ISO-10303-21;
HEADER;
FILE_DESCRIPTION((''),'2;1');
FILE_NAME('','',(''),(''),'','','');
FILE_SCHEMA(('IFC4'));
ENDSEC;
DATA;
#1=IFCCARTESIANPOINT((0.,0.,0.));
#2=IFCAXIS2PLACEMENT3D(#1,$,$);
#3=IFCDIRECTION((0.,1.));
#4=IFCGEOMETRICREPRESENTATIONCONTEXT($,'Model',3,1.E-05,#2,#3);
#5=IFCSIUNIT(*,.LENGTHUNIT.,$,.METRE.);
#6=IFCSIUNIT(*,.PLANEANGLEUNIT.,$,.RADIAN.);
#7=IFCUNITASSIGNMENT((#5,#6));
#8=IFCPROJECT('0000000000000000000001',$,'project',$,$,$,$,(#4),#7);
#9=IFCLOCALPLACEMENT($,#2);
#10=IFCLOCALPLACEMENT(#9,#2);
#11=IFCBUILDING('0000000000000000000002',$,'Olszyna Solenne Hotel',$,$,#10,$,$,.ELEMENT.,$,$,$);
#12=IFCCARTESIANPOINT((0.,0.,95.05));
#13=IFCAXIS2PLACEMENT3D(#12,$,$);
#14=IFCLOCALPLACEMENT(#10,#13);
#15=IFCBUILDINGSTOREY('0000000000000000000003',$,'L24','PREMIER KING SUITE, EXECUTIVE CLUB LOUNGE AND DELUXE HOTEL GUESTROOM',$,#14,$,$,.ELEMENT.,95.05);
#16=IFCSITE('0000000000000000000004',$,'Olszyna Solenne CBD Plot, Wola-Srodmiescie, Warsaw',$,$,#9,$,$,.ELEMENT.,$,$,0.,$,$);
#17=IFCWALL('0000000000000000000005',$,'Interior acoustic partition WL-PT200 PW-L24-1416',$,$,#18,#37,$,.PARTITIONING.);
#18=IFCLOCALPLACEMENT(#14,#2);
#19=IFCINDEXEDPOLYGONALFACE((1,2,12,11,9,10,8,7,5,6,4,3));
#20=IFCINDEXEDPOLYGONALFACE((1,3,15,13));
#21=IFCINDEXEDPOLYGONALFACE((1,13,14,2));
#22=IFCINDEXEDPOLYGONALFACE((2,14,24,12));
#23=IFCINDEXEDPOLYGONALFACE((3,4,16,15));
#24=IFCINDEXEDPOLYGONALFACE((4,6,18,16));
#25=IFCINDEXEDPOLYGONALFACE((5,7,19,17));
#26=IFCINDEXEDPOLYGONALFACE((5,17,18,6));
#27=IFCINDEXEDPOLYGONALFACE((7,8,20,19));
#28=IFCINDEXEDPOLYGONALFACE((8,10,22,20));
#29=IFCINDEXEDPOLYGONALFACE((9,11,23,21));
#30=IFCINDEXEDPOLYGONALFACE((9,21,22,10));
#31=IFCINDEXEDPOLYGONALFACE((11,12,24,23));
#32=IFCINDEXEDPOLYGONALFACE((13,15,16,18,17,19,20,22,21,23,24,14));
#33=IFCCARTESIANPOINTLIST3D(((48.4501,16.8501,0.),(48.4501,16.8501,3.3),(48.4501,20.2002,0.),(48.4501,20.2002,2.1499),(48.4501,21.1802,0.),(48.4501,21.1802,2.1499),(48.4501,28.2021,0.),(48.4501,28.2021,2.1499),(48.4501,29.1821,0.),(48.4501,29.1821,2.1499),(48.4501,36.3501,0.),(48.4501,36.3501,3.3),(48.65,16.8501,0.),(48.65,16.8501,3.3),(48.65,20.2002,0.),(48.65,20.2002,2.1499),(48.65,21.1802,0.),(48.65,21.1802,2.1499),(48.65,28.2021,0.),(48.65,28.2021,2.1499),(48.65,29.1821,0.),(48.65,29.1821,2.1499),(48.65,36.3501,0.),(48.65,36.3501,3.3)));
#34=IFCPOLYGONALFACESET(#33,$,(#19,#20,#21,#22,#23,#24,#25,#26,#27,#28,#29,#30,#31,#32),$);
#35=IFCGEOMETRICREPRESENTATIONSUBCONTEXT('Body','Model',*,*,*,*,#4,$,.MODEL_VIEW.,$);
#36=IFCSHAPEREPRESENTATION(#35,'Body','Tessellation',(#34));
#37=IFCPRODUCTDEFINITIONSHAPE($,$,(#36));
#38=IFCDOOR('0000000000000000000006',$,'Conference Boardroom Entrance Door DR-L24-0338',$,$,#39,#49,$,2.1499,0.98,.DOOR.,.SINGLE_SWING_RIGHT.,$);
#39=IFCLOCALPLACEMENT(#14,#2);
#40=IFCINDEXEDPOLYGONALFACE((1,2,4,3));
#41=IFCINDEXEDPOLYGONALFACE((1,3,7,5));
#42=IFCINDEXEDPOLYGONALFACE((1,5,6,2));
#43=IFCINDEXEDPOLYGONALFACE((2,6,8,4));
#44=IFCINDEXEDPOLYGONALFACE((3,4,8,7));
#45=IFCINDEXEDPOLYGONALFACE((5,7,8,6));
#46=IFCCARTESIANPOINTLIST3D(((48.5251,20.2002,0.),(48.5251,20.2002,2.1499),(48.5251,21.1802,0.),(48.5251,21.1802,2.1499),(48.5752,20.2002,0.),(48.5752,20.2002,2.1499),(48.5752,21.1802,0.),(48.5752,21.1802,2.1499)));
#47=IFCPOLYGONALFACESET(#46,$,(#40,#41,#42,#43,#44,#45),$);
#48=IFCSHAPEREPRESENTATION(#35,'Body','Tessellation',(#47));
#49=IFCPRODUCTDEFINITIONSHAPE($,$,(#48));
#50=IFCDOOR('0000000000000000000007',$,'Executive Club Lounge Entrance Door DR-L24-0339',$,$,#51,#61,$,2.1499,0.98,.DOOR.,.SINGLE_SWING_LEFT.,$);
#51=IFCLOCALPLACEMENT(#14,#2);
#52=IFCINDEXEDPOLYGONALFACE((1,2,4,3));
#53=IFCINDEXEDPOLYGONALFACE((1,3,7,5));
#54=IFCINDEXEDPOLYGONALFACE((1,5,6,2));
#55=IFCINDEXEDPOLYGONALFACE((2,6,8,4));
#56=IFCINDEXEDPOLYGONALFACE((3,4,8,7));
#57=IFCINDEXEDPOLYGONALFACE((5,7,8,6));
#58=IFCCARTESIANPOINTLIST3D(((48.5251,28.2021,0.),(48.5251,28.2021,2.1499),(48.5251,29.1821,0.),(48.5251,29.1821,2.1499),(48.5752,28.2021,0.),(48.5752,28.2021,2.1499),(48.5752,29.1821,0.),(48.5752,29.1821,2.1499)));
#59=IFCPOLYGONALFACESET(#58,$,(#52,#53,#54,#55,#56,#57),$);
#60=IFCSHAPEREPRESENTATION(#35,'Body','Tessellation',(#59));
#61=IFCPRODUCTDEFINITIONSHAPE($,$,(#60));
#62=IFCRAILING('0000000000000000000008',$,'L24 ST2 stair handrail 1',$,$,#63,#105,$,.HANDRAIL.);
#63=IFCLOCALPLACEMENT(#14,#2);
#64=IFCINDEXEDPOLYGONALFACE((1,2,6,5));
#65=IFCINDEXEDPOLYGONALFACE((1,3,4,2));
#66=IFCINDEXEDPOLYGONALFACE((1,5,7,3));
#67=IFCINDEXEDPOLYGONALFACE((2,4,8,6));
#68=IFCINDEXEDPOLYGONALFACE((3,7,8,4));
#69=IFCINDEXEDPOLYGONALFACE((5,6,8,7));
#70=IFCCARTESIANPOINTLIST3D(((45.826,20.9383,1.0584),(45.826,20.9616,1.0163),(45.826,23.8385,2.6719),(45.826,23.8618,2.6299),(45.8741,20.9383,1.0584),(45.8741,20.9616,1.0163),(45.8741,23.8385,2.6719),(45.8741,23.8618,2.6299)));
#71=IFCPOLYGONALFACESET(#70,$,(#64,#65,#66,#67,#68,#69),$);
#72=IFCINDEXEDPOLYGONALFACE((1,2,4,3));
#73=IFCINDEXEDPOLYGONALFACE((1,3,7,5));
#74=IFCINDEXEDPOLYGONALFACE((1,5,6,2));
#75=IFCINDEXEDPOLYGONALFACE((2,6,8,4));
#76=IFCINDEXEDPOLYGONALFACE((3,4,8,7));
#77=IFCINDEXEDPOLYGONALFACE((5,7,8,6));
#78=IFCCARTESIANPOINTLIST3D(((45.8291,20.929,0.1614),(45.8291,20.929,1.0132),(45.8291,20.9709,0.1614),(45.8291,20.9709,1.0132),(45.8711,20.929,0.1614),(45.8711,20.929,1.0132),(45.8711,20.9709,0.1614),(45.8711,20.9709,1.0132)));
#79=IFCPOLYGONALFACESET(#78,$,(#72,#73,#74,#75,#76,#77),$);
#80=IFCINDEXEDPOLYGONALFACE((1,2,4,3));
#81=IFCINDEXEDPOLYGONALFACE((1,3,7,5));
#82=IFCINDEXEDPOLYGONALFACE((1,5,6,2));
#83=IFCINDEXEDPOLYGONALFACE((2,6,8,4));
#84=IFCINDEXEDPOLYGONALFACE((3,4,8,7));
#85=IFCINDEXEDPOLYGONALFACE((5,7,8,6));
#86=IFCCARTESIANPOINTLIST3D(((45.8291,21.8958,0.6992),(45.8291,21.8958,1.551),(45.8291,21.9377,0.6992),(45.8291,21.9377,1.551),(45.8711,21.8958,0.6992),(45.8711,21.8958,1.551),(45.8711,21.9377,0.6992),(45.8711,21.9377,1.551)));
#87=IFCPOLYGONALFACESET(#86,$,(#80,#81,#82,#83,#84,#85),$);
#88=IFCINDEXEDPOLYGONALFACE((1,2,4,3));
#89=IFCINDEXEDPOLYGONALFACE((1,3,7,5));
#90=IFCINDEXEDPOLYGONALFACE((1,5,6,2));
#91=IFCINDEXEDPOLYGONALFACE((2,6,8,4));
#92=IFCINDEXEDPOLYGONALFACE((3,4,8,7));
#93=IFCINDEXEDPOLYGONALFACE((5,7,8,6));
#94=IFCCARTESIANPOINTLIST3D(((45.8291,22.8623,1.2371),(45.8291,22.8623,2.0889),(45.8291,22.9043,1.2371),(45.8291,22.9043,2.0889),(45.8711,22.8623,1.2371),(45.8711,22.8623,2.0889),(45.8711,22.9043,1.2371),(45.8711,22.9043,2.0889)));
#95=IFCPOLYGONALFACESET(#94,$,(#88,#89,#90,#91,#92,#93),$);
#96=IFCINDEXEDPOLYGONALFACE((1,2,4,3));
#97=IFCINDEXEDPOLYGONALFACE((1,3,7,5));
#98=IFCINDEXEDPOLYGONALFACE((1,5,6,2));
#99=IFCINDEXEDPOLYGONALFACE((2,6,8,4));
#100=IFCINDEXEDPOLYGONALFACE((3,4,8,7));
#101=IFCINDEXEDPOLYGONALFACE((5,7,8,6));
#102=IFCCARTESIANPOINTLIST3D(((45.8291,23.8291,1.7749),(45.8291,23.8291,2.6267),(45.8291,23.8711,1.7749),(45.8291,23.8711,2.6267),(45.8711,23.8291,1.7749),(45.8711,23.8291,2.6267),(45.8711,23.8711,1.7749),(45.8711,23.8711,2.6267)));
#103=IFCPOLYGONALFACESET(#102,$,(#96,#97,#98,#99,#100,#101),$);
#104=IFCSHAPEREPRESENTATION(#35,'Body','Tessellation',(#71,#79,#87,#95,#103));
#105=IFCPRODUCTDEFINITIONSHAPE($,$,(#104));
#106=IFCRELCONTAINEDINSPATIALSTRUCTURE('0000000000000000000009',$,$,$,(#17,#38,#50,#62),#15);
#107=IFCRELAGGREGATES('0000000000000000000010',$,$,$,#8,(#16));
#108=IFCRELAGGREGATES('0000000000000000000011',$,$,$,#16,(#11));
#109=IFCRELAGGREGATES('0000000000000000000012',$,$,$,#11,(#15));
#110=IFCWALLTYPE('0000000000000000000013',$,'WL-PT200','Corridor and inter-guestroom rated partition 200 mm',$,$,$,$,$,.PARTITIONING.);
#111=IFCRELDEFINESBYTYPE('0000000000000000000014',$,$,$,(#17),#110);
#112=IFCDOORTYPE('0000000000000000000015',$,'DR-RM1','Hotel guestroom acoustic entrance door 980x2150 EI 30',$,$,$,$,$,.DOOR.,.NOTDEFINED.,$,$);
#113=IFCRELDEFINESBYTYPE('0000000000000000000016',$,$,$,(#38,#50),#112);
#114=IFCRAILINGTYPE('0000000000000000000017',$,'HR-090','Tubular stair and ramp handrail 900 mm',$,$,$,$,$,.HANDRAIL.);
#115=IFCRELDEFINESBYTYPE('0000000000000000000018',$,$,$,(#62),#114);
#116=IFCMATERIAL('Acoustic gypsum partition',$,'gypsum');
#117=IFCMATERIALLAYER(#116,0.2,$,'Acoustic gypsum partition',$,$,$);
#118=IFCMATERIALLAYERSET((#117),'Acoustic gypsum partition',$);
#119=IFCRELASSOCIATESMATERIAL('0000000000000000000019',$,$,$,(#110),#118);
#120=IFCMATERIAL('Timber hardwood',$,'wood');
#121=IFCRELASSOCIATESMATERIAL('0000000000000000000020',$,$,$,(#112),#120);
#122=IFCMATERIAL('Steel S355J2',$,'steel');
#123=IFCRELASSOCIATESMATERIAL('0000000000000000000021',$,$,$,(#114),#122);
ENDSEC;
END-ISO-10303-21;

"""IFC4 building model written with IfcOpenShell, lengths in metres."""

from ifc_helpers import new_model, si_unit, direction, frame, frame_2d, origin, origin_2d, place, context, subcontext, project, spatial, rectangle, extrude, source, transform, mapped, material, layer, layer_set, type_object, type_shapes, element, fill, save


model = new_model("IFC4")

# Units and contexts
model_context = context("Model", 3, precision=1e-05, world=origin(), true_north=direction((0.0, 1.0)))
body_context = subcontext(model_context, "Body", "Model", "MODEL_VIEW")
ifc_project = project(units=[si_unit("LENGTHUNIT", "METRE"), si_unit("PLANEANGLEUNIT", "RADIAN")], contexts=[model_context])

# Site, building, storey
site_placement = place(None, origin())
site = spatial("IfcSite", under=ifc_project, at=site_placement, Name="Olszyna Solenne CBD Plot, Wola-Srodmiescie, Warsaw", CompositionType="ELEMENT", RefElevation=0.0)
building_placement = place(site_placement, origin())
building = spatial("IfcBuilding", under=site, at=building_placement, Name="Olszyna Solenne Hotel", CompositionType="ELEMENT")
storey_placement = place(building_placement, frame((0.0, 0.0, 95.05)))
storey = spatial("IfcBuildingStorey", under=building, at=storey_placement, Name="L24", Description="PREMIER KING SUITE, EXECUTIVE CLUB LOUNGE AND DELUXE HOTEL GUESTROOM", CompositionType="ELEMENT", Elevation=95.05)

# Shared definitions
ifc_material_1 = material(Name="Steel S355J2", Category="steel")

# Shared definitions
ifc_material_2 = material(Name="Acoustic gypsum partition", Category="gypsum")
ifc_layer_1 = layer(ifc_material_2, 0.2, Name="Acoustic gypsum partition")
ifc_layer_set_1 = layer_set([ifc_layer_1], Name="Acoustic gypsum partition")
wall_type_1 = type_object("IfcWallType", Name="WL-PT200", Description="Corridor and inter-guestroom rated partition 200 mm", PredefinedType="PARTITIONING", material=ifc_layer_set_1)

# Wall, openings, doors
wall_1_placement = place(storey_placement, frame((48.55, 16.8501, 0.0), z_axis=(0.0, 0.0, 1.0), x_axis=(0.0, 1.0, 0.0)))
wall_1 = element("IfcWall", 1, at=wall_1_placement, inside=storey, type_object=wall_type_1, Name="Interior acoustic partition WL-PT200 PW-L24-1416", PredefinedType="PARTITIONING", context=body_context, shape_type="SweptSolid", body=[
    extrude(rectangle(XDim=19.5, YDim=0.2, at=frame_2d((9.75, 0.0))), origin(), (0.0, 0.0, 1.0), 3.3),
])
opening_1_placement = place(wall_1_placement, frame((3.3501, 0.0, 0.0)))
opening_1 = element("IfcOpeningElement", 2, at=opening_1_placement, cuts=wall_1, PredefinedType="OPENING", context=body_context, shape_type="SweptSolid", body=[
    extrude(rectangle(XDim=0.98, YDim=2.1499, at=frame_2d((0.49, 1.075))), frame((0.0, 0.1099, 0.0), z_axis=(0.0, -1.0, 0.0), x_axis=(1.0, 0.0, 0.0)), (0.0, 0.0, 1.0), 0.22),
])
opening_2_placement = place(wall_1_placement, frame((11.3521, 0.0, 0.0)))
opening_2 = element("IfcOpeningElement", 3, at=opening_2_placement, cuts=wall_1, PredefinedType="OPENING", context=body_context, shape_type="SweptSolid", body=[
    extrude(rectangle(XDim=0.98, YDim=2.1499, at=frame_2d((0.49, 1.075))), frame((0.0, 0.1099, 0.0), z_axis=(0.0, -1.0, 0.0), x_axis=(1.0, 0.0, 0.0)), (0.0, 0.0, 1.0), 0.22),
])
ifc_material_3 = material(Name="Timber hardwood", Category="wood")
door_type_1 = type_object("IfcDoorType", Name="DR-RM1", Description="Hotel guestroom acoustic entrance door 980x2150 EI 30", OperationType="NOTDEFINED", PredefinedType="DOOR", material=ifc_material_3)
shared_shape_1 = source(origin(), body_context, "Body", "SweptSolid", [
    extrude(rectangle(XDim=0.98, YDim=2.1499, at=frame_2d((0.49, 1.075))), frame((0.0, 0.0249, 0.0), z_axis=(0.0, -1.0, 0.0), x_axis=(1.0, 0.0, 0.0)), (0.0, 0.0, 1.0), 0.05),
])
type_shapes(door_type_1, [shared_shape_1])
door_1_placement = place(opening_1_placement, origin())
door_1 = element("IfcDoor", 4, at=door_1_placement, inside=storey, type_object=door_type_1, Name="Conference Boardroom Entrance Door DR-L24-0338", OperationType="SINGLE_SWING_RIGHT", OverallHeight=2.1499, OverallWidth=0.98, PredefinedType="DOOR", context=body_context, shape_type="MappedRepresentation", body=[
    mapped(shared_shape_1, transform((0.0, 0.0, 0.0), x_axis=(1.0, 0.0, 0.0), y_axis=(0.0, 1.0, 0.0), z_axis=(0.0, 0.0, 1.0), scale=1.0)),
])
fill(opening_1, door_1)
door_2_placement = place(opening_2_placement, origin())
door_2 = element("IfcDoor", 5, at=door_2_placement, inside=storey, type_object=door_type_1, Name="Executive Club Lounge Entrance Door DR-L24-0339", OperationType="SINGLE_SWING_LEFT", OverallHeight=2.1499, OverallWidth=0.98, PredefinedType="DOOR", context=body_context, shape_type="MappedRepresentation", body=[
    mapped(shared_shape_1, transform((0.0, 0.0, 0.0), x_axis=(1.0, 0.0, 0.0), y_axis=(0.0, 1.0, 0.0), z_axis=(0.0, 0.0, 1.0), scale=1.0)),
])
fill(opening_2, door_2)

# Railing
railing_type = type_object("IfcRailingType", Name="HR-090", Description="Tubular stair and ramp handrail 900 mm", PredefinedType="HANDRAIL", material=ifc_material_1)
railing_placement = place(storey_placement, frame((45.8501, 20.95, 0.1614)))
element("IfcRailing", 6, at=railing_placement, inside=storey, type_object=railing_type, Name="L24 ST2 stair handrail 1", PredefinedType="HANDRAIL", context=body_context, shape_type="SweptSolid", body=[
    extrude(rectangle(XDim=0.0481, YDim=0.0481, at=origin_2d()), frame((0.0, 0.0, 0.876), z_axis=(0.0, 0.873859, 0.48618), x_axis=(-1.0, 0.0, 0.0)), (0.0, 0.0, 1.0), 3.3188),
    extrude(rectangle(XDim=0.042, YDim=0.042, at=origin_2d()), origin(), (0.0, 0.0, 1.0), 0.8518),
    extrude(rectangle(XDim=0.042, YDim=0.042, at=origin_2d()), frame((0.0, 0.9668, 0.5378)), (0.0, 0.0, 1.0), 0.8518),
    extrude(rectangle(XDim=0.042, YDim=0.042, at=origin_2d()), frame((0.0, 1.9333, 1.0757)), (0.0, 0.0, 1.0), 0.8518),
    extrude(rectangle(XDim=0.042, YDim=0.042, at=origin_2d()), frame((0.0, 2.9001, 1.6135)), (0.0, 0.0, 1.0), 0.8518),
])

save(model, "model.ifc")
